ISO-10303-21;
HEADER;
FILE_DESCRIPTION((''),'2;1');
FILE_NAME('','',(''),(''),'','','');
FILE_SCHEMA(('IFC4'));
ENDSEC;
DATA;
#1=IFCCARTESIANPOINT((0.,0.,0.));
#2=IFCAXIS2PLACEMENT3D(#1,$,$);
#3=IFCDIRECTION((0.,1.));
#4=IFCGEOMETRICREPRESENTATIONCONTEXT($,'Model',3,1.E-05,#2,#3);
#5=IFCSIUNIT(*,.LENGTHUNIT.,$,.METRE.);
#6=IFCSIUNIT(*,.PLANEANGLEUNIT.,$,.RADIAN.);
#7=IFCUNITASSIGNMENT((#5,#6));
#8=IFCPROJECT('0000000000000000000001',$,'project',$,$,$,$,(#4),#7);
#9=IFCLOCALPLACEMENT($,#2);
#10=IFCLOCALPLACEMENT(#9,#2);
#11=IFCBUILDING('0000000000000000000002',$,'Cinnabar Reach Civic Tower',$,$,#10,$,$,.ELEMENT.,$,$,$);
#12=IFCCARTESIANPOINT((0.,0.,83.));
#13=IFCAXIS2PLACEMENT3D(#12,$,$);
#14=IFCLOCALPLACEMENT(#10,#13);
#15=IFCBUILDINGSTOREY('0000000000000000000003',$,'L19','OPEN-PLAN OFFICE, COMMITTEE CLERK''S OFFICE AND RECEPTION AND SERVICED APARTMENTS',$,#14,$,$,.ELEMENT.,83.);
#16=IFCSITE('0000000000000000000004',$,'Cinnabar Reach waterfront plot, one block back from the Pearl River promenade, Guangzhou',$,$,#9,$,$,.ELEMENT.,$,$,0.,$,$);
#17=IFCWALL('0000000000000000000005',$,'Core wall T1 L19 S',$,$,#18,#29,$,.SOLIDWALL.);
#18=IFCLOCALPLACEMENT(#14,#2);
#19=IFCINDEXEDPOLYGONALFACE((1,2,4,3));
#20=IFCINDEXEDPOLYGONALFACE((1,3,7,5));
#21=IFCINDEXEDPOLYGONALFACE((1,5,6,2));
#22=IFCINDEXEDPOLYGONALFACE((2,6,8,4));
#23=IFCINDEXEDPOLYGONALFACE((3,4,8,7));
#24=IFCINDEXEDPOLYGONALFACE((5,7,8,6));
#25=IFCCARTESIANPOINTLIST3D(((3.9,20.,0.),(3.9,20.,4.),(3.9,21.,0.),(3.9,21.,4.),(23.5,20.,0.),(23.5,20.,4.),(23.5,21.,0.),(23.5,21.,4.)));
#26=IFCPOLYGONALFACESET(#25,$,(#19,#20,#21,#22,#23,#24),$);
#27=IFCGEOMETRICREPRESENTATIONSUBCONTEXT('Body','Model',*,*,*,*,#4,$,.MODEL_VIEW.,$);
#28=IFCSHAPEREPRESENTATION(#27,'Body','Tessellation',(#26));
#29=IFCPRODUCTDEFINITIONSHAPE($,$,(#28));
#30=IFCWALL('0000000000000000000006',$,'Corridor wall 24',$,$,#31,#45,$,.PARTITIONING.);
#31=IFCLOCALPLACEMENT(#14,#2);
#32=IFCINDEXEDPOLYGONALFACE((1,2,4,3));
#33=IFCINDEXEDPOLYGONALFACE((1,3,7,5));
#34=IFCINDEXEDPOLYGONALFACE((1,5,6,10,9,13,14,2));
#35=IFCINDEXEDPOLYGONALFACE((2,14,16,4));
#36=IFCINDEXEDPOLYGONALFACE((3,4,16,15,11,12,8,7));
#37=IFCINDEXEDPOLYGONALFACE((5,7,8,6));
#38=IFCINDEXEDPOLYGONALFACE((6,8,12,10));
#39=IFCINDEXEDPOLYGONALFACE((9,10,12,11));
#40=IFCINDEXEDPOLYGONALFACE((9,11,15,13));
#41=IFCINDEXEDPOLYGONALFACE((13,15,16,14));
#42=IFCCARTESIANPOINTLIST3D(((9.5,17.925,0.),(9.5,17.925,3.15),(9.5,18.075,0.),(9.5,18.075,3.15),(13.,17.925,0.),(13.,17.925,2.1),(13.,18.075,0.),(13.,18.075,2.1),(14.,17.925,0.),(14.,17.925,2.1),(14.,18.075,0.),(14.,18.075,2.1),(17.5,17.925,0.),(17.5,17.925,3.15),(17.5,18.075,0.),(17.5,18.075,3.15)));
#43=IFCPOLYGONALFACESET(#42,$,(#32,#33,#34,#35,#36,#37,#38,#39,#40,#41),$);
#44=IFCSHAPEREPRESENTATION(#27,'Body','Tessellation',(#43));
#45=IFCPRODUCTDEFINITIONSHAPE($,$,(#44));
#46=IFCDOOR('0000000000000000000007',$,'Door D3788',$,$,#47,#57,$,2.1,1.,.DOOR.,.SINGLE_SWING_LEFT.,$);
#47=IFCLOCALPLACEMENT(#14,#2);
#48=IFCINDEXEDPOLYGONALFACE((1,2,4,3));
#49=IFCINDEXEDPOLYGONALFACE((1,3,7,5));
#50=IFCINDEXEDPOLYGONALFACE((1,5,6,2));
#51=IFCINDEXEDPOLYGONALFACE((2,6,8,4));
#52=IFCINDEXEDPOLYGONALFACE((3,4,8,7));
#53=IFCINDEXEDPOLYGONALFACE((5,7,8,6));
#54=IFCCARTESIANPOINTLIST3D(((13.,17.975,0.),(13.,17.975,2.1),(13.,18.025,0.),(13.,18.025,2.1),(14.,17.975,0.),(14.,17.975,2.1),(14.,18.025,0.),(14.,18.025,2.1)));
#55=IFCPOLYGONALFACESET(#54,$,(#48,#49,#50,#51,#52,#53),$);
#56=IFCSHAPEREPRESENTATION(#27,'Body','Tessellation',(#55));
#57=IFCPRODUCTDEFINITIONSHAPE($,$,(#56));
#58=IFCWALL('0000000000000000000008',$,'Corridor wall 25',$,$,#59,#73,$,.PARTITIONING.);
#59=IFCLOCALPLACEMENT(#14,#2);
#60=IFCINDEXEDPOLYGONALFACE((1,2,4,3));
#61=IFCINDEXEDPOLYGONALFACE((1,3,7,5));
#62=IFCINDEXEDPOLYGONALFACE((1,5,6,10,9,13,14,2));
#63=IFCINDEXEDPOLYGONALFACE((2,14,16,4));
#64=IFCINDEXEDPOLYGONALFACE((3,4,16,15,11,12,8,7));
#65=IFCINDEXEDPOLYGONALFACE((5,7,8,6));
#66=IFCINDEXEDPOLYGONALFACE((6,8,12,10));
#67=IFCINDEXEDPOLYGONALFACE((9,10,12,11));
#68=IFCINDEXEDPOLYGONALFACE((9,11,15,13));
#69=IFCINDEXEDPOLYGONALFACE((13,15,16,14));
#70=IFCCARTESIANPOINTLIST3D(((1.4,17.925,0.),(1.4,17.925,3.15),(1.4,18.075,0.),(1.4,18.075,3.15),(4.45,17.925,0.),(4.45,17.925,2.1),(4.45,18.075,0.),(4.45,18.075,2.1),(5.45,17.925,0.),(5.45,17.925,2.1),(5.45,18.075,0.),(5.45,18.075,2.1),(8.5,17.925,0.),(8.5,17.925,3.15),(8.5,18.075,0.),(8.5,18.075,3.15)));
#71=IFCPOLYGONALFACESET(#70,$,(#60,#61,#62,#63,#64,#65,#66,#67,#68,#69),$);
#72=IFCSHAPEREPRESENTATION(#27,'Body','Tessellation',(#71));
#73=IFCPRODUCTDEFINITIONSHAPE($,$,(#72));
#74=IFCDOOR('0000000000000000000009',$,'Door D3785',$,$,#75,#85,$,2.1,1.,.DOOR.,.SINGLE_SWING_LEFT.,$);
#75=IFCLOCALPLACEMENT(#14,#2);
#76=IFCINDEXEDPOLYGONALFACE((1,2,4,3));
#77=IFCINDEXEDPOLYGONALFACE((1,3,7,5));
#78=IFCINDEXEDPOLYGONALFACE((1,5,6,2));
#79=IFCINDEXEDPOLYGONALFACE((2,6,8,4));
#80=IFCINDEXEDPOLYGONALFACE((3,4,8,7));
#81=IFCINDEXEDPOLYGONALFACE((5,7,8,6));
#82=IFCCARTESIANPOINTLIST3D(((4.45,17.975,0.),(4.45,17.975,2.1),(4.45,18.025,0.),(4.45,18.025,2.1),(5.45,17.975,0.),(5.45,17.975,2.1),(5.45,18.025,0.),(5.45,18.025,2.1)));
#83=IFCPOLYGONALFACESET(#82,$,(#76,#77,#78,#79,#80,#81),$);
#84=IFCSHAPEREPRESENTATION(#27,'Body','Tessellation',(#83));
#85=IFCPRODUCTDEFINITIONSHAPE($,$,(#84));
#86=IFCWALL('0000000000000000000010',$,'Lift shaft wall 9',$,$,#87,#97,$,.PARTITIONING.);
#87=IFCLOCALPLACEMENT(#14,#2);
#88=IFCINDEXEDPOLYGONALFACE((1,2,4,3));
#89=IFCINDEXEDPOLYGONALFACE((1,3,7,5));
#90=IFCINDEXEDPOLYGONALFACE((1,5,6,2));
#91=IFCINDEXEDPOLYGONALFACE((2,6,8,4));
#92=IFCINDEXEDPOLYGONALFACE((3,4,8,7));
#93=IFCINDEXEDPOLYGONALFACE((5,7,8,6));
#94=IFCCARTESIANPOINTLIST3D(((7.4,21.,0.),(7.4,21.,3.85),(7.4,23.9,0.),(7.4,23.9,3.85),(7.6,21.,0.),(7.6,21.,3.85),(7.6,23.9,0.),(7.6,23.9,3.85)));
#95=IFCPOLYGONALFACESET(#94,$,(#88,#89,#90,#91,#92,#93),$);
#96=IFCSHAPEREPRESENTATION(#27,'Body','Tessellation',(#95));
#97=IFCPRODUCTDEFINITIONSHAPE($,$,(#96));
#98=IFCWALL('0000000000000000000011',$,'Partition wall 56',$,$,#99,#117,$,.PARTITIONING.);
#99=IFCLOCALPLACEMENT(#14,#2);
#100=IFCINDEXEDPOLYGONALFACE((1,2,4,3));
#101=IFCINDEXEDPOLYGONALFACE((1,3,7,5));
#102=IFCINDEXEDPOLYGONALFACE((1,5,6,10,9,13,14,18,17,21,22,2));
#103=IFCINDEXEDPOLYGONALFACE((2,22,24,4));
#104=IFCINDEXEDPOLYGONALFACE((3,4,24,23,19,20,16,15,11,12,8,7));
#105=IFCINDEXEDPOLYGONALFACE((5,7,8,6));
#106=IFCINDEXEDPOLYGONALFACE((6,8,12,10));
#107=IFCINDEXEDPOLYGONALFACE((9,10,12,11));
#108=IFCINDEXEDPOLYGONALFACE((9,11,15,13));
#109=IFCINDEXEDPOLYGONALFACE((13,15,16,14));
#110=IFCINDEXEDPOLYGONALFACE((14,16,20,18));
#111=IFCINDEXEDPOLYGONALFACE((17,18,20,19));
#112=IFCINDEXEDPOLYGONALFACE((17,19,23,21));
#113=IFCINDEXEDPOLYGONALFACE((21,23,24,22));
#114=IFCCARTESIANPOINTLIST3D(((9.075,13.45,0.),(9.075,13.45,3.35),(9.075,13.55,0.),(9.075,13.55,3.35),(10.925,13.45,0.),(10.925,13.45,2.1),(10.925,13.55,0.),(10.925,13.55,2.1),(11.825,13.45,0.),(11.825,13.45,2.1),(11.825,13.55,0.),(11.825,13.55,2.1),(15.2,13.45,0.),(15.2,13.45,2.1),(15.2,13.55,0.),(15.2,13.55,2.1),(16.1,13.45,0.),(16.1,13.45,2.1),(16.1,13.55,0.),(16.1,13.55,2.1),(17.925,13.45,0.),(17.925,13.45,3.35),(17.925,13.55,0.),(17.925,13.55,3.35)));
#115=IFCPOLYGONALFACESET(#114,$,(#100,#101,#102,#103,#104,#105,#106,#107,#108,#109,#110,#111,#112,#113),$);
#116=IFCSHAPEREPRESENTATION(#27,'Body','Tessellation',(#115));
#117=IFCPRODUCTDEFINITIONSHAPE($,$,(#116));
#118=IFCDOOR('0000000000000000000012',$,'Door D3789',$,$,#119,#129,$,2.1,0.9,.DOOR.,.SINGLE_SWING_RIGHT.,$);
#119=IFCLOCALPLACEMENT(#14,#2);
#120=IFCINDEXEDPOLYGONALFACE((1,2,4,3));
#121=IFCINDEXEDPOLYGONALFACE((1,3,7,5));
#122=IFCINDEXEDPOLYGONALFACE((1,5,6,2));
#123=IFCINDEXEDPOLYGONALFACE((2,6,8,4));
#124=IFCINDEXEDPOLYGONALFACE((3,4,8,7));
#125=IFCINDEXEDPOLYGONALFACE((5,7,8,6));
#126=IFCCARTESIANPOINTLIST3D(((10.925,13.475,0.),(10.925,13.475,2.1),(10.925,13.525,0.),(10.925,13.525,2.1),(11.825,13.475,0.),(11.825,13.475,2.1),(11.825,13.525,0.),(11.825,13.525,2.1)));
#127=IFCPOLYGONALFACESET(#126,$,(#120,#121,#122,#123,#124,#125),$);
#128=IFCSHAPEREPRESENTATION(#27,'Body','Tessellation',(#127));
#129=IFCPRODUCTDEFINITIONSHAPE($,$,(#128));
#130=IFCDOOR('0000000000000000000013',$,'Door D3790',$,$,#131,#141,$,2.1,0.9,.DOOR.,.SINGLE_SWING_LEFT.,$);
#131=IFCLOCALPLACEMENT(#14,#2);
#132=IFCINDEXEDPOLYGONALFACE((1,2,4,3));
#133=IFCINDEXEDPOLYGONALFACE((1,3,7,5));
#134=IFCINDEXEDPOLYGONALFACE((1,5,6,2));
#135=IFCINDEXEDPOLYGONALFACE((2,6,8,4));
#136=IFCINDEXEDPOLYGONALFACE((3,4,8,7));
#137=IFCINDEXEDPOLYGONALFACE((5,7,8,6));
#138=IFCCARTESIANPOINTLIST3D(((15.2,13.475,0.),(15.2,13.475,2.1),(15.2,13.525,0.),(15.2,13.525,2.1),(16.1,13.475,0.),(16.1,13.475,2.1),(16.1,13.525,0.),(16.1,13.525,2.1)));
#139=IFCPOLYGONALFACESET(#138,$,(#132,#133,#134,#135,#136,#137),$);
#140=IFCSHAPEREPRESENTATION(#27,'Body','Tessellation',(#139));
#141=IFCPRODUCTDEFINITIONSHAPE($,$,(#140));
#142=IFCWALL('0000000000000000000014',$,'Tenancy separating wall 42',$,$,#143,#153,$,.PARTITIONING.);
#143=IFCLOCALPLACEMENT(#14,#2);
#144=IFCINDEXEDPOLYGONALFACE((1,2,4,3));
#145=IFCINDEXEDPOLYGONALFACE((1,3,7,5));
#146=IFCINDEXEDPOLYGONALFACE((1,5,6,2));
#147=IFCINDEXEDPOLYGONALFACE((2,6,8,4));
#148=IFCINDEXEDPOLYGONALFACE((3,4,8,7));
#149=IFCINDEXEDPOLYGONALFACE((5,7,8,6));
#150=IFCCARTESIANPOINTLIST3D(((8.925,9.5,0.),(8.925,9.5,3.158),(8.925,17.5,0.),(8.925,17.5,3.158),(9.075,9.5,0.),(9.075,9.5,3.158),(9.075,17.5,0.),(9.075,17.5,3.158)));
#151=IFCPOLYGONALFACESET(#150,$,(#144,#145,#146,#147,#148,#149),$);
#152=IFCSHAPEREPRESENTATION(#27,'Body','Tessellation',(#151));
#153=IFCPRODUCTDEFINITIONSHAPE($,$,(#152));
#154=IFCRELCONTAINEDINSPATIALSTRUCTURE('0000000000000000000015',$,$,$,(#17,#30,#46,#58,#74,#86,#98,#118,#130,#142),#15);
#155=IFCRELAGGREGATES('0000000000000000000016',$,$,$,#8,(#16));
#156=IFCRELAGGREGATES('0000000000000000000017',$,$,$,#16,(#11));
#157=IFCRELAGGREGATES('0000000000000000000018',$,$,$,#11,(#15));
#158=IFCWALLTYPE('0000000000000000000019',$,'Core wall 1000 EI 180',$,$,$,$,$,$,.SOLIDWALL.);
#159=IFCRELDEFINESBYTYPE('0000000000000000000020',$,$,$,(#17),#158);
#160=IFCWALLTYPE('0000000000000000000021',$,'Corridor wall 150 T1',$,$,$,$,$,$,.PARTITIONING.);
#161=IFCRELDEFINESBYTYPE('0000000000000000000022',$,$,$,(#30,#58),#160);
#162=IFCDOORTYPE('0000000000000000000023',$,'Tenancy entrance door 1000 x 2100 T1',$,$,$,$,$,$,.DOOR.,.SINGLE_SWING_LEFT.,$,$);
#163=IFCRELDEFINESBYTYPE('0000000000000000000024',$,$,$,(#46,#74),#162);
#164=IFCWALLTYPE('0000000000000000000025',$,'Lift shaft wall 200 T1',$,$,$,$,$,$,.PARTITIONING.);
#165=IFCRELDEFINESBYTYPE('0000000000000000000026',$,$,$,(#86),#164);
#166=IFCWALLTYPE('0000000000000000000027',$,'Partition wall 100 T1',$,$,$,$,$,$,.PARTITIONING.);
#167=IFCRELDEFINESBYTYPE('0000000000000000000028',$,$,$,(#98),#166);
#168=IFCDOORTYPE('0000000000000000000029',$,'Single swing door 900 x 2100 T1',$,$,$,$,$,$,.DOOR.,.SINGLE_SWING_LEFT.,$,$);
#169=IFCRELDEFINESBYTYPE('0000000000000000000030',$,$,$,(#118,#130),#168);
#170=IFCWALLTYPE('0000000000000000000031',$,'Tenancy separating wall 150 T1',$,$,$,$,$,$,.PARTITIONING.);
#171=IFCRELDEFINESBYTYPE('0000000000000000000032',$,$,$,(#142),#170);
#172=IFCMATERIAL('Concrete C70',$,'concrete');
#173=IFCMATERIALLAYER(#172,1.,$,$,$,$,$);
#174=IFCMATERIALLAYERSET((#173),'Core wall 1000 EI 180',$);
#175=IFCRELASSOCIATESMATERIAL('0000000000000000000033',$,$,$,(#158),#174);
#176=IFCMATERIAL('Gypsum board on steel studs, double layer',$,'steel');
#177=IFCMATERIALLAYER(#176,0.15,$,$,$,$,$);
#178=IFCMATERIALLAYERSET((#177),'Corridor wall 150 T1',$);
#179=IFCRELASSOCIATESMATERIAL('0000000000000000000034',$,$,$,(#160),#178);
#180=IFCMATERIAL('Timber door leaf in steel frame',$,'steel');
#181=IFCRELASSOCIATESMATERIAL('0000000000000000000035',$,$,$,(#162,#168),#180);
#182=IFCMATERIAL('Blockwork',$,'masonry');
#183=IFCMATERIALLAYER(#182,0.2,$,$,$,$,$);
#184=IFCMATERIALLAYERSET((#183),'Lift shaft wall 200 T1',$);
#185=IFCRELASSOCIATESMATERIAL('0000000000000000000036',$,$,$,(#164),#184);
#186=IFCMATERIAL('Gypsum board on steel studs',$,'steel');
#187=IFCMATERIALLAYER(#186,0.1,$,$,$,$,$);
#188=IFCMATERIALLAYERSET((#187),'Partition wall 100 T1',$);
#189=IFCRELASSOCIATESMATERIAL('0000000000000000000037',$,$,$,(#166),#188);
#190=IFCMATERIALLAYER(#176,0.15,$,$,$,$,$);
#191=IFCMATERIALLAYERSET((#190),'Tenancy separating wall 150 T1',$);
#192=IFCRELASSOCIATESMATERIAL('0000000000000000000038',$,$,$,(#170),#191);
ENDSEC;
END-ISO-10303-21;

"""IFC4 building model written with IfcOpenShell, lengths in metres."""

from ifc_helpers import new_model, si_unit, direction, frame, frame_2d, origin, place, context, subcontext, project, spatial, rectangle, extrude, material, layer, layer_set, type_object, element, fill, save


model = new_model("IFC4")

# Units and contexts
model_context = context("Model", 3, precision=1e-05, world=origin(), true_north=direction((0.0, 1.0)))
body_context = subcontext(model_context, "Body", "Model", "MODEL_VIEW")
ifc_project = project(units=[si_unit("LENGTHUNIT", "METRE"), si_unit("PLANEANGLEUNIT", "RADIAN")], contexts=[model_context])

# Site, building, storey
site_placement = place(None, origin())
site = spatial("IfcSite", under=ifc_project, at=site_placement, Name="Cinnabar Reach waterfront plot, one block back from the Pearl River promenade, Guangzhou", CompositionType="ELEMENT", RefElevation=0.0)
building_placement = place(site_placement, origin())
building = spatial("IfcBuilding", under=site, at=building_placement, Name="Cinnabar Reach Civic Tower", CompositionType="ELEMENT")
storey_placement = place(building_placement, frame((0.0, 0.0, 83.0)))
storey = spatial("IfcBuildingStorey", under=building, at=storey_placement, Name="L19", Description="OPEN-PLAN OFFICE, COMMITTEE CLERK'S OFFICE AND RECEPTION AND SERVICED APARTMENTS", CompositionType="ELEMENT", Elevation=83.0)

# Shared definitions
ifc_material_1 = material(Name="Concrete C70", Category="concrete")

# Wall
ifc_layer_1 = layer(ifc_material_1, 1.0)
ifc_layer_set_1 = layer_set([ifc_layer_1], Name="Core wall 1000 EI 180")
wall_type_1 = type_object("IfcWallType", Name="Core wall 1000 EI 180", PredefinedType="SOLIDWALL", material=ifc_layer_set_1)
wall_1_placement = place(storey_placement, frame((3.9, 20.5, 0.0), z_axis=(0.0, 0.0, 1.0), x_axis=(1.0, 0.0, 0.0)))
element("IfcWall", 1, at=wall_1_placement, inside=storey, type_object=wall_type_1, Name="Core wall T1 L19 S", PredefinedType="SOLIDWALL", context=body_context, shape_type="SweptSolid", body=[
    extrude(rectangle(XDim=19.6, YDim=1.0, at=frame_2d((9.8, 0.0))), origin(), (0.0, 0.0, 1.0), 4.0),
])

# Walls, openings, doors
ifc_material_2 = material(Name="Gypsum board on steel studs, double layer", Category="steel")
ifc_layer_2 = layer(ifc_material_2, 0.15)
ifc_layer_set_2 = layer_set([ifc_layer_2], Name="Corridor wall 150 T1")
wall_type_2 = type_object("IfcWallType", Name="Corridor wall 150 T1", PredefinedType="PARTITIONING", material=ifc_layer_set_2)
wall_2_placement = place(storey_placement, frame((9.5, 18.0, 0.0), z_axis=(0.0, 0.0, 1.0), x_axis=(1.0, 0.0, 0.0)))
wall_2 = element("IfcWall", 2, at=wall_2_placement, inside=storey, type_object=wall_type_2, Name="Corridor wall 24", PredefinedType="PARTITIONING", context=body_context, shape_type="SweptSolid", body=[
    extrude(rectangle(XDim=8.0, YDim=0.15, at=frame_2d((4.0, 0.0))), origin(), (0.0, 0.0, 1.0), 3.15),
])
opening_1_placement = place(wall_2_placement, frame((3.5, 0.0, 0.0)))
opening_1 = element("IfcOpeningElement", 3, at=opening_1_placement, cuts=wall_2, PredefinedType="OPENING", context=body_context, shape_type="SweptSolid", body=[
    extrude(rectangle(XDim=1.0, YDim=2.1, at=frame_2d((0.5, 1.05))), frame((0.0, 0.085, 0.0), z_axis=(0.0, -1.0, 0.0), x_axis=(1.0, 0.0, 0.0)), (0.0, 0.0, 1.0), 0.17),
])
ifc_material_3 = material(Name="Timber door leaf in steel frame", Category="steel")
door_type_1 = type_object("IfcDoorType", Name="Tenancy entrance door 1000 x 2100 T1", OperationType="SINGLE_SWING_LEFT", PredefinedType="DOOR", material=ifc_material_3)
door_1_placement = place(opening_1_placement, frame((1.0, 0.0, 0.0), z_axis=(0.0, 0.0, 1.0), x_axis=(-1.0, 0.0, 0.0)))
door_1 = element("IfcDoor", 4, at=door_1_placement, inside=storey, type_object=door_type_1, Name="Door D3788", OperationType="SINGLE_SWING_LEFT", OverallHeight=2.1, OverallWidth=1.0, PredefinedType="DOOR", context=body_context, shape_type="SweptSolid", body=[
    extrude(rectangle(XDim=1.0, YDim=2.1, at=frame_2d((0.5, 1.05))), frame((0.0, 0.025, 0.0), z_axis=(0.0, -1.0, 0.0), x_axis=(1.0, 0.0, 0.0)), (0.0, 0.0, 1.0), 0.05),
])
fill(opening_1, door_1)
wall_3_placement = place(storey_placement, frame((1.4, 18.0, 0.0), z_axis=(0.0, 0.0, 1.0), x_axis=(1.0, 0.0, 0.0)))
wall_3 = element("IfcWall", 5, at=wall_3_placement, inside=storey, type_object=wall_type_2, Name="Corridor wall 25", PredefinedType="PARTITIONING", context=body_context, shape_type="SweptSolid", body=[
    extrude(rectangle(XDim=7.1, YDim=0.15, at=frame_2d((3.55, 0.0))), origin(), (0.0, 0.0, 1.0), 3.15),
])
opening_2_placement = place(wall_3_placement, frame((3.05, 0.0, 0.0)))
opening_2 = element("IfcOpeningElement", 6, at=opening_2_placement, cuts=wall_3, PredefinedType="OPENING", context=body_context, shape_type="SweptSolid", body=[
    extrude(rectangle(XDim=1.0, YDim=2.1, at=frame_2d((0.5, 1.05))), frame((0.0, 0.085, 0.0), z_axis=(0.0, -1.0, 0.0), x_axis=(1.0, 0.0, 0.0)), (0.0, 0.0, 1.0), 0.17),
])
door_2_placement = place(opening_2_placement, frame((1.0, 0.0, 0.0), z_axis=(0.0, 0.0, 1.0), x_axis=(-1.0, 0.0, 0.0)))
door_2 = element("IfcDoor", 7, at=door_2_placement, inside=storey, type_object=door_type_1, Name="Door D3785", OperationType="SINGLE_SWING_LEFT", OverallHeight=2.1, OverallWidth=1.0, PredefinedType="DOOR", context=body_context, shape_type="SweptSolid", body=[
    extrude(rectangle(XDim=1.0, YDim=2.1, at=frame_2d((0.5, 1.05))), frame((0.0, 0.025, 0.0), z_axis=(0.0, -1.0, 0.0), x_axis=(1.0, 0.0, 0.0)), (0.0, 0.0, 1.0), 0.05),
])
fill(opening_2, door_2)

# Wall
ifc_material_4 = material(Name="Blockwork", Category="masonry")
ifc_layer_3 = layer(ifc_material_4, 0.2)
ifc_layer_set_3 = layer_set([ifc_layer_3], Name="Lift shaft wall 200 T1")
wall_type_3 = type_object("IfcWallType", Name="Lift shaft wall 200 T1", PredefinedType="PARTITIONING", material=ifc_layer_set_3)
wall_4_placement = place(storey_placement, frame((7.5, 21.0, 0.0), z_axis=(0.0, 0.0, 1.0), x_axis=(0.0, 1.0, 0.0)))
element("IfcWall", 8, at=wall_4_placement, inside=storey, type_object=wall_type_3, Name="Lift shaft wall 9", PredefinedType="PARTITIONING", context=body_context, shape_type="SweptSolid", body=[
    extrude(rectangle(XDim=2.9, YDim=0.2, at=frame_2d((1.45, 0.0))), origin(), (0.0, 0.0, 1.0), 3.85),
])

# Wall, openings, doors
ifc_material_5 = material(Name="Gypsum board on steel studs", Category="steel")
ifc_layer_4 = layer(ifc_material_5, 0.1)
ifc_layer_set_4 = layer_set([ifc_layer_4], Name="Partition wall 100 T1")
wall_type_4 = type_object("IfcWallType", Name="Partition wall 100 T1", PredefinedType="PARTITIONING", material=ifc_layer_set_4)
wall_5_placement = place(storey_placement, frame((9.075, 13.5, 0.0), z_axis=(0.0, 0.0, 1.0), x_axis=(1.0, 0.0, 0.0)))
wall_5 = element("IfcWall", 9, at=wall_5_placement, inside=storey, type_object=wall_type_4, Name="Partition wall 56", PredefinedType="PARTITIONING", context=body_context, shape_type="SweptSolid", body=[
    extrude(rectangle(XDim=8.85, YDim=0.1, at=frame_2d((4.425, 0.0))), origin(), (0.0, 0.0, 1.0), 3.35),
])
opening_3_placement = place(wall_5_placement, frame((1.85, 0.0, 0.0)))
opening_3 = element("IfcOpeningElement", 10, at=opening_3_placement, cuts=wall_5, PredefinedType="OPENING", context=body_context, shape_type="SweptSolid", body=[
    extrude(rectangle(XDim=0.9, YDim=2.1, at=frame_2d((0.45, 1.05))), frame((0.0, 0.06, 0.0), z_axis=(0.0, -1.0, 0.0), x_axis=(1.0, 0.0, 0.0)), (0.0, 0.0, 1.0), 0.12),
])
opening_4_placement = place(wall_5_placement, frame((6.125, 0.0, 0.0)))
opening_4 = element("IfcOpeningElement", 11, at=opening_4_placement, cuts=wall_5, PredefinedType="OPENING", context=body_context, shape_type="SweptSolid", body=[
    extrude(rectangle(XDim=0.9, YDim=2.1, at=frame_2d((0.45, 1.05))), frame((0.0, 0.06, 0.0), z_axis=(0.0, -1.0, 0.0), x_axis=(1.0, 0.0, 0.0)), (0.0, 0.0, 1.0), 0.12),
])
door_type_2 = type_object("IfcDoorType", Name="Single swing door 900 x 2100 T1", OperationType="SINGLE_SWING_LEFT", PredefinedType="DOOR", material=ifc_material_3)
door_3_placement = place(opening_3_placement, frame((0.9, 0.0, 0.0), z_axis=(0.0, 0.0, 1.0), x_axis=(-1.0, 0.0, 0.0)))
door_3 = element("IfcDoor", 12, at=door_3_placement, inside=storey, type_object=door_type_2, Name="Door D3789", OperationType="SINGLE_SWING_RIGHT", OverallHeight=2.1, OverallWidth=0.9, PredefinedType="DOOR", context=body_context, shape_type="SweptSolid", body=[
    extrude(rectangle(XDim=0.9, YDim=2.1, at=frame_2d((0.45, 1.05))), frame((0.0, 0.025, 0.0), z_axis=(0.0, -1.0, 0.0), x_axis=(1.0, 0.0, 0.0)), (0.0, 0.0, 1.0), 0.05),
])
fill(opening_3, door_3)
door_4_placement = place(opening_4_placement, frame((0.9, 0.0, 0.0), z_axis=(0.0, 0.0, 1.0), x_axis=(-1.0, 0.0, 0.0)))
door_4 = element("IfcDoor", 13, at=door_4_placement, inside=storey, type_object=door_type_2, Name="Door D3790", OperationType="SINGLE_SWING_LEFT", OverallHeight=2.1, OverallWidth=0.9, PredefinedType="DOOR", context=body_context, shape_type="SweptSolid", body=[
    extrude(rectangle(XDim=0.9, YDim=2.1, at=frame_2d((0.45, 1.05))), frame((0.0, 0.025, 0.0), z_axis=(0.0, -1.0, 0.0), x_axis=(1.0, 0.0, 0.0)), (0.0, 0.0, 1.0), 0.05),
])
fill(opening_4, door_4)

# Wall
ifc_layer_5 = layer(ifc_material_2, 0.15)
ifc_layer_set_5 = layer_set([ifc_layer_5], Name="Tenancy separating wall 150 T1")
wall_type_5 = type_object("IfcWallType", Name="Tenancy separating wall 150 T1", PredefinedType="PARTITIONING", material=ifc_layer_set_5)
wall_6_placement = place(storey_placement, frame((9.0, 9.5, 0.0), z_axis=(0.0, 0.0, 1.0), x_axis=(0.0, 1.0, 0.0)))
element("IfcWall", 14, at=wall_6_placement, inside=storey, type_object=wall_type_5, Name="Tenancy separating wall 42", PredefinedType="PARTITIONING", context=body_context, shape_type="SweptSolid", body=[
    extrude(rectangle(XDim=8.0, YDim=0.15, at=frame_2d((4.0, 0.0))), origin(), (0.0, 0.0, 1.0), 3.158),
])

save(model, "model.ifc")
